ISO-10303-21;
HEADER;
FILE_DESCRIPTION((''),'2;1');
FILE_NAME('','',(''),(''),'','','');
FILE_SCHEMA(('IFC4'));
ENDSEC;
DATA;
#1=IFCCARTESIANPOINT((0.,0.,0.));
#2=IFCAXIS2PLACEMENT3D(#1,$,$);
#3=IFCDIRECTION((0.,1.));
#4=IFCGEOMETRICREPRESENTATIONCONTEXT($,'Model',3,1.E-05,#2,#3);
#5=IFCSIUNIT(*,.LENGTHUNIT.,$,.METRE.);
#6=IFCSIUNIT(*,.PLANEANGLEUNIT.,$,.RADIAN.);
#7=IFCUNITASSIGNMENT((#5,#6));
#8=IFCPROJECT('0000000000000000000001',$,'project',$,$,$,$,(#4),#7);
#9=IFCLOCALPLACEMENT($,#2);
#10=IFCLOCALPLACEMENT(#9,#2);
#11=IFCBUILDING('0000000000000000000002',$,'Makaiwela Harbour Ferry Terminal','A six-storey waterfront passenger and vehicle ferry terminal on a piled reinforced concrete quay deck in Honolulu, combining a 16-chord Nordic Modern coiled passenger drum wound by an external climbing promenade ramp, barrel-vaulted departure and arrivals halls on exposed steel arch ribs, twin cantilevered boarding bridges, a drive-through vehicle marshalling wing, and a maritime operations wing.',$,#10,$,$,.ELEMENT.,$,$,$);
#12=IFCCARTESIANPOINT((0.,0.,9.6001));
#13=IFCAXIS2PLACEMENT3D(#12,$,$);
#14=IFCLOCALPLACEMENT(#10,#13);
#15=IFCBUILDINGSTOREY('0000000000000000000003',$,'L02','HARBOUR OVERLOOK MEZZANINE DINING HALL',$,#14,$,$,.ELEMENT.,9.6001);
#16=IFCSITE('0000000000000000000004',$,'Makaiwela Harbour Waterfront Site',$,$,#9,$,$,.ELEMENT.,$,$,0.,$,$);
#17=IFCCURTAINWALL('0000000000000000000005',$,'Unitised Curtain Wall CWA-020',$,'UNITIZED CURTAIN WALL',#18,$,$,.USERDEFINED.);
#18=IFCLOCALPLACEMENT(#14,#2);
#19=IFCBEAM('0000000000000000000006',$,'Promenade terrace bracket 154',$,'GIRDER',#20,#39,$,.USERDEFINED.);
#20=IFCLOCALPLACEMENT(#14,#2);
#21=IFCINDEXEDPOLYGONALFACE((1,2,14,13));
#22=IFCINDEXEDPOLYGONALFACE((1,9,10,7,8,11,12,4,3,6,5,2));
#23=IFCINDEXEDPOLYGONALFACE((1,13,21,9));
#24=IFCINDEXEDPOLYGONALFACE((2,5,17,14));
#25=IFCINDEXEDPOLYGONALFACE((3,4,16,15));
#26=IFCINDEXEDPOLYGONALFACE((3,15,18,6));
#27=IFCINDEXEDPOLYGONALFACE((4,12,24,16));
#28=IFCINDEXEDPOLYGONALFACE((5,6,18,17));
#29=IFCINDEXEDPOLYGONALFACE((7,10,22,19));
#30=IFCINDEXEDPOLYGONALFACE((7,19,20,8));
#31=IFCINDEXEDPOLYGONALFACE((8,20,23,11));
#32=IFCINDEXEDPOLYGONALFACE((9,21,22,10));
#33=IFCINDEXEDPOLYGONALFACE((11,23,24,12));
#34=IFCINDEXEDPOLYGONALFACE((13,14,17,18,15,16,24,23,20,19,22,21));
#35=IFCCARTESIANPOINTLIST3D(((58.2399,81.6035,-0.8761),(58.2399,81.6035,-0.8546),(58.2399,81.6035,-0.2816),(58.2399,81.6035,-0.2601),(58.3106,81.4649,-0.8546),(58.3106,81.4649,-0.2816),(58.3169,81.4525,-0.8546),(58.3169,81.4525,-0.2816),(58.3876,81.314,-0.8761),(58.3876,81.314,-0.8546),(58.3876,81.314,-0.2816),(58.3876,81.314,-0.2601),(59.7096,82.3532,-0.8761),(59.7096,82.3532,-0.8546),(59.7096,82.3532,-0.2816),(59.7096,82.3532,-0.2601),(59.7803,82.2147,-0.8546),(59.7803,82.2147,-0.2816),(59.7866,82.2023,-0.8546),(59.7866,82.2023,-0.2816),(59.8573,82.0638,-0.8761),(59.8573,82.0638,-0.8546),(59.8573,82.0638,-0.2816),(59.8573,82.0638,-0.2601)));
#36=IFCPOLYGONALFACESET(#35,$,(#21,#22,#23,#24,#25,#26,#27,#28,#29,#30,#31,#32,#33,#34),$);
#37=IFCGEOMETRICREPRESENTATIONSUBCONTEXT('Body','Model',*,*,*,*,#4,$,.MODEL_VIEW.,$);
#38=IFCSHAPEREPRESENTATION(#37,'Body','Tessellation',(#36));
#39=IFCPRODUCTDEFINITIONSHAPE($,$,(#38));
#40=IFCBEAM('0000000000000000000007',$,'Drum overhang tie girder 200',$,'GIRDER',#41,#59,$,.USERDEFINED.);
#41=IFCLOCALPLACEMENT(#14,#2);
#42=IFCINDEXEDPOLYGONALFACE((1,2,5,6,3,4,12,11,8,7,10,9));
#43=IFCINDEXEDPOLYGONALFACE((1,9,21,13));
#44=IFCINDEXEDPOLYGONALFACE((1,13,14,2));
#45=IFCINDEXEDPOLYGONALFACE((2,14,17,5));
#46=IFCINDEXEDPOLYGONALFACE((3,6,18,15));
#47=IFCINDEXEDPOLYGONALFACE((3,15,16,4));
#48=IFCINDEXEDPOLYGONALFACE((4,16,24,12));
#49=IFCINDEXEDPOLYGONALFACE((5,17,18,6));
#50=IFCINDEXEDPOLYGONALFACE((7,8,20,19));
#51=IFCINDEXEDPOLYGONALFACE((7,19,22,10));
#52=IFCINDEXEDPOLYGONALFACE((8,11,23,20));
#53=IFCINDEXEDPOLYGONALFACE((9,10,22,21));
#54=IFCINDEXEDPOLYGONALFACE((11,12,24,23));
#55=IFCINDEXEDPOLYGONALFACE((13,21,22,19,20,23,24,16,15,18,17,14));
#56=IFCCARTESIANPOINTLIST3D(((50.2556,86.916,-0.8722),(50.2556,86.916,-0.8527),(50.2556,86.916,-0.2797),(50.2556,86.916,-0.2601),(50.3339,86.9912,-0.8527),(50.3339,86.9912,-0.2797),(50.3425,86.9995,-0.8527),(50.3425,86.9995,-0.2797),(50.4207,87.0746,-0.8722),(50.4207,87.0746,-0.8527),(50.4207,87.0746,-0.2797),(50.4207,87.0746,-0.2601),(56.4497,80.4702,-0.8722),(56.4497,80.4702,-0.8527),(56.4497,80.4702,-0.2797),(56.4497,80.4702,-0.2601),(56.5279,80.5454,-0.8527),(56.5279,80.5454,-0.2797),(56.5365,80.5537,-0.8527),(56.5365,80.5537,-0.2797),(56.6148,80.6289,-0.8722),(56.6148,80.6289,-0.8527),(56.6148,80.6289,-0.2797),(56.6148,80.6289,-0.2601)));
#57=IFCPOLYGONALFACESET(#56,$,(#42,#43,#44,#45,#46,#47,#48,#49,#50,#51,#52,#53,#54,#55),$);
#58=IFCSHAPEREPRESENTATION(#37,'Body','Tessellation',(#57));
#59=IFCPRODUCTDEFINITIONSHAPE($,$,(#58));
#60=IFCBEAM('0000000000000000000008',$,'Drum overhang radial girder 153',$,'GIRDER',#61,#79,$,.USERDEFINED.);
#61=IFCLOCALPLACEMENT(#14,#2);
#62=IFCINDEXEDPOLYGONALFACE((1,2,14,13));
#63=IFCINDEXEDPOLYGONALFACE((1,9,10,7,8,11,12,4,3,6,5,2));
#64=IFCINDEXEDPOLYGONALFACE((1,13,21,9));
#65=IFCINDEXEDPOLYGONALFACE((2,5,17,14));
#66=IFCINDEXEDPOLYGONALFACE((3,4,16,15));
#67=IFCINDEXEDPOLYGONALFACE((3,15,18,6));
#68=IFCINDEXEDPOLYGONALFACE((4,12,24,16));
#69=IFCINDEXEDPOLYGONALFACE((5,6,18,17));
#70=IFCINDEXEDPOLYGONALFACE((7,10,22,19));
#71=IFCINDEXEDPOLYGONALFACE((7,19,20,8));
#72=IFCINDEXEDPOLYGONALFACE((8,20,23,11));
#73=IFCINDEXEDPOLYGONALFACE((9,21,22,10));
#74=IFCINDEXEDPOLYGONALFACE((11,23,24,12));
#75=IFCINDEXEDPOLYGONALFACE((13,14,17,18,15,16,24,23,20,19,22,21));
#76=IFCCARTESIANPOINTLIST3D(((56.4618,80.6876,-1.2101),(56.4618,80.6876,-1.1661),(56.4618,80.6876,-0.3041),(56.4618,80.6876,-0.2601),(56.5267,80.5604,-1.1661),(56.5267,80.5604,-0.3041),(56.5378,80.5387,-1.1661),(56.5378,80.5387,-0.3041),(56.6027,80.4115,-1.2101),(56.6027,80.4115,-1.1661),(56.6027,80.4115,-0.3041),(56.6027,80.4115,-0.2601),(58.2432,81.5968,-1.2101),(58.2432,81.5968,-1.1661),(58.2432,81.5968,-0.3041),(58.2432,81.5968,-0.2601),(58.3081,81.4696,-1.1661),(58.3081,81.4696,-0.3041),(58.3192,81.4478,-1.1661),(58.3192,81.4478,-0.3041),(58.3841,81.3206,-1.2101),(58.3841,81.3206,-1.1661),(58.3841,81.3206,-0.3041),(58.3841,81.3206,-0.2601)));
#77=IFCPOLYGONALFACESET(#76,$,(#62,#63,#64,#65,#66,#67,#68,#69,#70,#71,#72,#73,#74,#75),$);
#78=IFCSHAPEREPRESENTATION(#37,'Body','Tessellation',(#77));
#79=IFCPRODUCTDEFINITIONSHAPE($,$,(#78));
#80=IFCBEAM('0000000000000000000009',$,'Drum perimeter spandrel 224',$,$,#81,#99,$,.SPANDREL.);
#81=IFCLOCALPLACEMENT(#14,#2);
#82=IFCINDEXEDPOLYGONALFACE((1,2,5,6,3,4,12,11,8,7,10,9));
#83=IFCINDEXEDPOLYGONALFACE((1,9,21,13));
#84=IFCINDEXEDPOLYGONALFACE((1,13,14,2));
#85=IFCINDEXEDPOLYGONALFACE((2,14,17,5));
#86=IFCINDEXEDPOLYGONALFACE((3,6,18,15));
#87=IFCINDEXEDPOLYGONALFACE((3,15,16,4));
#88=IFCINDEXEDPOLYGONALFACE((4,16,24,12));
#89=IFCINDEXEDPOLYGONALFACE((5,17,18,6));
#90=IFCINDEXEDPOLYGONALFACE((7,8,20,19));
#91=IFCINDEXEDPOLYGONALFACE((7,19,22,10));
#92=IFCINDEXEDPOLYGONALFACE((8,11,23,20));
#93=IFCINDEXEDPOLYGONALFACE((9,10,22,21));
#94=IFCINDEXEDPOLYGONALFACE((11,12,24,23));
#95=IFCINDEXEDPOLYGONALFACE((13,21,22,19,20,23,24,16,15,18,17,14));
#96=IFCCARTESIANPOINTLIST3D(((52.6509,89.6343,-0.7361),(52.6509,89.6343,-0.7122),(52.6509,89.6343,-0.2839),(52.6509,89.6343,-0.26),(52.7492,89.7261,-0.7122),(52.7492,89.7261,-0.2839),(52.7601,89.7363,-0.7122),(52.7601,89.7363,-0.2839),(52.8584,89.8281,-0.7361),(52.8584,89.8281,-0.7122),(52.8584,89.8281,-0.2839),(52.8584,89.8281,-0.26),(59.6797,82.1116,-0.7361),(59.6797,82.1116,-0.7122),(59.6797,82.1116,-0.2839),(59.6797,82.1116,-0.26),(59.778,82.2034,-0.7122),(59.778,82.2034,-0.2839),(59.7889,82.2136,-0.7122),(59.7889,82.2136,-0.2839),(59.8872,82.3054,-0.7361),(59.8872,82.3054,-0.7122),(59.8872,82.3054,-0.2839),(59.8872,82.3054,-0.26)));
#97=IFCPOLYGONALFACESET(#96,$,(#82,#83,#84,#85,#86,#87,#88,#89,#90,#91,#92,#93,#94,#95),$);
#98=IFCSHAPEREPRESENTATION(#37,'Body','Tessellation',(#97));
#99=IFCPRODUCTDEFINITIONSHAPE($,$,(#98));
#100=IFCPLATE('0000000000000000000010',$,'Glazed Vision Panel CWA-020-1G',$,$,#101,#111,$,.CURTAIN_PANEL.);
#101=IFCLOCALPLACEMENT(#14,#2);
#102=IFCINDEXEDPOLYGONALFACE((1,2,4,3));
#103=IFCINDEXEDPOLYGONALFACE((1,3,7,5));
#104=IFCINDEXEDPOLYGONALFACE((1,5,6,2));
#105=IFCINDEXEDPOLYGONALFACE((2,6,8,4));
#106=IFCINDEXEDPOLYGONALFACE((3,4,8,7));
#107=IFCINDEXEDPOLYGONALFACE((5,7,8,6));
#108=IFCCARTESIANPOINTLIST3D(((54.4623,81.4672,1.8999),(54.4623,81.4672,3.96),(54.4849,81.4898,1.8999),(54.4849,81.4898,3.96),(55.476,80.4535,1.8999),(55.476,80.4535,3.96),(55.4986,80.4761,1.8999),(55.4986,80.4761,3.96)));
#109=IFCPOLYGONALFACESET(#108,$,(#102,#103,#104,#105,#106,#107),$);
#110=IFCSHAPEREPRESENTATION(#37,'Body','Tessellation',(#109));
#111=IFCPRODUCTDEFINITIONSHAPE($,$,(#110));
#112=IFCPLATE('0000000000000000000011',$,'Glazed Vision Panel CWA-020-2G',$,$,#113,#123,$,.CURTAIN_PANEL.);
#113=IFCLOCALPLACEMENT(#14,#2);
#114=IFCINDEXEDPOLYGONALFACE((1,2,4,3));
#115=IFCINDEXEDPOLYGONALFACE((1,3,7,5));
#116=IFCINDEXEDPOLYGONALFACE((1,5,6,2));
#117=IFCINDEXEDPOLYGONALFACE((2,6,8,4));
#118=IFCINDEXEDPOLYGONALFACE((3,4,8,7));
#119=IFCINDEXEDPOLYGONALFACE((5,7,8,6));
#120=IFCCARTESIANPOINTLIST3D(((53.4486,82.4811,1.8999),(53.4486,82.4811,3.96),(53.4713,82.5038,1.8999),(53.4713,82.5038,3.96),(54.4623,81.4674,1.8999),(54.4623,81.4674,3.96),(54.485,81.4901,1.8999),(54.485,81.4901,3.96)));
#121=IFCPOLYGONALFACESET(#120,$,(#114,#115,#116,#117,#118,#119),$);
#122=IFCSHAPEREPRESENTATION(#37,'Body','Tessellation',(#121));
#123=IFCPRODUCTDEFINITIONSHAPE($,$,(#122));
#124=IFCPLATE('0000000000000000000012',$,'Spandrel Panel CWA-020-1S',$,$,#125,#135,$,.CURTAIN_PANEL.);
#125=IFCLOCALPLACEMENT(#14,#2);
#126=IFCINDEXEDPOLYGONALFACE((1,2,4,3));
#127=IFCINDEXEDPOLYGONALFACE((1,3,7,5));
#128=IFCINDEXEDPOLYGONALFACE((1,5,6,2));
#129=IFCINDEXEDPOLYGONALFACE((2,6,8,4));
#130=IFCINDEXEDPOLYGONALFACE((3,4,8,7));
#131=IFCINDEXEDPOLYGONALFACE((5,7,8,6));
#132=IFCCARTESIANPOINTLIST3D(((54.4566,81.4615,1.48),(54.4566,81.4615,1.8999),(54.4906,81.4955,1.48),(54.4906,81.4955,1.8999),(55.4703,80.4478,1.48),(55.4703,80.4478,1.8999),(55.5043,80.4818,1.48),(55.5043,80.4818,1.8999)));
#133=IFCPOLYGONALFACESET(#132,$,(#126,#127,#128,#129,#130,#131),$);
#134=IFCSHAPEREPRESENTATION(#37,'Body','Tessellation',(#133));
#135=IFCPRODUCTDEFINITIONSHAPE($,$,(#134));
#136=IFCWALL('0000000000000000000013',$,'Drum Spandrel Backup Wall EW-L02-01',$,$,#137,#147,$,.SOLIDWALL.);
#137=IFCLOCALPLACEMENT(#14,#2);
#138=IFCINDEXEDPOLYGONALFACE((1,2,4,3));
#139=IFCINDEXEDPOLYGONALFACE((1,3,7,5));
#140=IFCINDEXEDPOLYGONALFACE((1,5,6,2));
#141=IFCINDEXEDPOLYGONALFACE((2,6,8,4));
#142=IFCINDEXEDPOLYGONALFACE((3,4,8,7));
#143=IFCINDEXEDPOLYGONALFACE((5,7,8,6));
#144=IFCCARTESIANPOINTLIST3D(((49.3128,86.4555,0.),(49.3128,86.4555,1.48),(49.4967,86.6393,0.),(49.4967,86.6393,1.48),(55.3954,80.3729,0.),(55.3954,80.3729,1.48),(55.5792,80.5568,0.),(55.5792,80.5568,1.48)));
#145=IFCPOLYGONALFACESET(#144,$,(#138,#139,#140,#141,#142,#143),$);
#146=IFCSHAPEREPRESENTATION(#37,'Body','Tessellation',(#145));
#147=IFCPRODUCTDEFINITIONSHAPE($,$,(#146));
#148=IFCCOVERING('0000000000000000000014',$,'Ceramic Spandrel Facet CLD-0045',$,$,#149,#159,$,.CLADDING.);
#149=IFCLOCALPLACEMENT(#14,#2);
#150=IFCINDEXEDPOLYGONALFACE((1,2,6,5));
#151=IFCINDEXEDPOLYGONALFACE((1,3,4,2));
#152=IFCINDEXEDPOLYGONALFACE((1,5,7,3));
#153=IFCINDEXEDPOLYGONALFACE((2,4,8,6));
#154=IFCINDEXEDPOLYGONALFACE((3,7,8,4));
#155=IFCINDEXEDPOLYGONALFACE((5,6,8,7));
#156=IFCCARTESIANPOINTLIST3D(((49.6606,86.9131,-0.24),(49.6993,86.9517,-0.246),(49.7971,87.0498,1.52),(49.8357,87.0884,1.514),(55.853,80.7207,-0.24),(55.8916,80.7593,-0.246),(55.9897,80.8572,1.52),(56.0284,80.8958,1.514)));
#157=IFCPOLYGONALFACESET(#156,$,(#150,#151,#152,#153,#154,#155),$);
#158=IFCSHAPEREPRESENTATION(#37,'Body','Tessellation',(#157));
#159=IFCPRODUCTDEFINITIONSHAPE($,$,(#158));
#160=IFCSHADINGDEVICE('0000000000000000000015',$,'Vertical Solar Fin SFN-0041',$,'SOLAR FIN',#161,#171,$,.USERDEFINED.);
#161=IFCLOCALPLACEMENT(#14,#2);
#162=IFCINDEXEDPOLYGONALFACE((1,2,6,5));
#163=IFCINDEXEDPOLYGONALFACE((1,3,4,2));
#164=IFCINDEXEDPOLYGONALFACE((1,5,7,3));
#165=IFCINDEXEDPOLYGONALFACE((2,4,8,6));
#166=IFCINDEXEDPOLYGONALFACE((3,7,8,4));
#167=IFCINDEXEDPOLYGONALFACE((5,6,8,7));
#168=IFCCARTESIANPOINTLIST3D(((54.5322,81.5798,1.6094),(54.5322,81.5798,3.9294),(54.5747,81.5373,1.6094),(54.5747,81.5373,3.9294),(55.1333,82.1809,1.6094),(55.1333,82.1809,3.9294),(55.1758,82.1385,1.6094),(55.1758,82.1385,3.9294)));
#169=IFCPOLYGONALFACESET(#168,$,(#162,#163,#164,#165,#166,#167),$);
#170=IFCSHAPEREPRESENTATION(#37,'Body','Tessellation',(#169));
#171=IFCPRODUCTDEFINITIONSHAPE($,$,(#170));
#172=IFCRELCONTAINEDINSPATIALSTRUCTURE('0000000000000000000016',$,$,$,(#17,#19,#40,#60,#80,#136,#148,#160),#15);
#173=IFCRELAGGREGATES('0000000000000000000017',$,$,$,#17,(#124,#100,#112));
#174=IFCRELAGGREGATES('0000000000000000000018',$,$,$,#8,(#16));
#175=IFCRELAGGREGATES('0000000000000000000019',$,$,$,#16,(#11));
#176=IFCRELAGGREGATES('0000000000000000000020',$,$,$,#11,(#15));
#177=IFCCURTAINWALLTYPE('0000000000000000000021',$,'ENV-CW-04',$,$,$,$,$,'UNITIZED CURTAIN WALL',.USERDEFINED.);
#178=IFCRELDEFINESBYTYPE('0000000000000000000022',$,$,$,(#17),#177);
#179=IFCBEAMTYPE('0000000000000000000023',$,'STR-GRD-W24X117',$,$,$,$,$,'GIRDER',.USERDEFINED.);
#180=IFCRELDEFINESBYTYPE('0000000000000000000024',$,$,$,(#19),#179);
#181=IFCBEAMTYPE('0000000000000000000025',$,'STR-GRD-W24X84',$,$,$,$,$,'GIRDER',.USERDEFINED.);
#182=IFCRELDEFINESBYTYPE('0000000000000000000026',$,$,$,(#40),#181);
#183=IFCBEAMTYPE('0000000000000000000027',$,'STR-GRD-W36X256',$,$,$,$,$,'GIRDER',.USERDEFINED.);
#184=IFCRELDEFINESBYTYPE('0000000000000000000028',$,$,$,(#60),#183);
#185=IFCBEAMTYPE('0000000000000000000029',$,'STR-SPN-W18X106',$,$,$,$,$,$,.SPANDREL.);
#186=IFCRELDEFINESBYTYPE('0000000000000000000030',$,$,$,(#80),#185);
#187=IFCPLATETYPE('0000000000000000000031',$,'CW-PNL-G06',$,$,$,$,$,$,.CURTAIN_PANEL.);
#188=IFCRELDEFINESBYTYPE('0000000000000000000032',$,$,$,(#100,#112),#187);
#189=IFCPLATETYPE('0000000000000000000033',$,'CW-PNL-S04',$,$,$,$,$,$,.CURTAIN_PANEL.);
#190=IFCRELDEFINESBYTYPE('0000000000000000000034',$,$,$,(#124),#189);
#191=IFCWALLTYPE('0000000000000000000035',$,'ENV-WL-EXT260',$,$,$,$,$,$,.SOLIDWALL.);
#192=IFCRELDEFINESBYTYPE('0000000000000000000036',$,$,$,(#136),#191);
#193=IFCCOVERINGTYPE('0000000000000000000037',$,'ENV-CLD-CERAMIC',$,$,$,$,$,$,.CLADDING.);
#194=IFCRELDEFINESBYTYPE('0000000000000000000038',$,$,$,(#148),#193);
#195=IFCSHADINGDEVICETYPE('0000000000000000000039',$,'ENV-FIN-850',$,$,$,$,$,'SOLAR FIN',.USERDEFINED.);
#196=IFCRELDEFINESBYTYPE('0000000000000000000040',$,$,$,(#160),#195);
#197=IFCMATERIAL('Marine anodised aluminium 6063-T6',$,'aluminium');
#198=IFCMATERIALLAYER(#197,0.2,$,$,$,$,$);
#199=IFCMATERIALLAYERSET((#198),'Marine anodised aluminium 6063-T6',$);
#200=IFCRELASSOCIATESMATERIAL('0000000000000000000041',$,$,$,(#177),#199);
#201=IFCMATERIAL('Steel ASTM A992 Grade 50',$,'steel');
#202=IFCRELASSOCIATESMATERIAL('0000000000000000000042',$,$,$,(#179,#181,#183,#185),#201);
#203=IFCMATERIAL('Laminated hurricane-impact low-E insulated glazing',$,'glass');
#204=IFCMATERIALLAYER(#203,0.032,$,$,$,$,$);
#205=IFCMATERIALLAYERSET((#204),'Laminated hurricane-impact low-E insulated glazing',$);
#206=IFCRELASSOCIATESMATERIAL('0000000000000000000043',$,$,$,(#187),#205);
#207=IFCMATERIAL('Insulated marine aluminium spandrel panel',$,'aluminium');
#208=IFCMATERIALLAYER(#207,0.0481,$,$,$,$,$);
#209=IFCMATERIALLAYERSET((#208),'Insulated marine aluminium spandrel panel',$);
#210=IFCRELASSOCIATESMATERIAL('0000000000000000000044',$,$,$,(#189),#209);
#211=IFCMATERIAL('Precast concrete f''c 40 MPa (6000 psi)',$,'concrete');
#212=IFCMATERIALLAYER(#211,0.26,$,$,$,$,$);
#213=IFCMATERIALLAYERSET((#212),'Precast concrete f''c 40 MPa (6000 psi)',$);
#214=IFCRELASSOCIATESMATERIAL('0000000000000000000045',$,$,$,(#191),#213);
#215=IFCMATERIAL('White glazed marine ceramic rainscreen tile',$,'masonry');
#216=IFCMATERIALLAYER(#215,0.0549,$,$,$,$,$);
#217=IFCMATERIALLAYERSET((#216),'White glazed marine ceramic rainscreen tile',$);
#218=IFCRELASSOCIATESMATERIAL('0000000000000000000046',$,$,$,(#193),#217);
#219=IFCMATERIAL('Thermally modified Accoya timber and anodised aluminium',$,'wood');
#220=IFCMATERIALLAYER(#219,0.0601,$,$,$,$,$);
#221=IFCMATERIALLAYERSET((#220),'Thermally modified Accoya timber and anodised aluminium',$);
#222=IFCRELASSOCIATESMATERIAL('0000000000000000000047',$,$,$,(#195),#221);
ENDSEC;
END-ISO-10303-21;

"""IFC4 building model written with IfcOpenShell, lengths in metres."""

from ifc_helpers import new_model, si_unit, direction, frame, frame_2d, origin, origin_2d, place, context, subcontext, project, spatial, polyline, rectangle, i_section, outline, extrude, material, layer, layer_set, material_profile, profile_set, type_object, element, aggregate, save


model = new_model("IFC4")

# Units and contexts
model_context = context("Model", 3, precision=1e-05, world=origin(), true_north=direction((0.0, 1.0)))
body_context = subcontext(model_context, "Body", "Model", "MODEL_VIEW")
ifc_project = project(units=[si_unit("LENGTHUNIT", "METRE"), si_unit("PLANEANGLEUNIT", "RADIAN")], contexts=[model_context])

# Site, building, storey
site_placement = place(None, origin())
site = spatial("IfcSite", under=ifc_project, at=site_placement, Name="Makaiwela Harbour Waterfront Site", CompositionType="ELEMENT", RefElevation=0.0)
building_placement = place(site_placement, origin())
building = spatial("IfcBuilding", under=site, at=building_placement, Name="Makaiwela Harbour Ferry Terminal", Description="A six-storey waterfront passenger and vehicle ferry terminal on a piled reinforced concrete quay deck in Honolulu, combining a 16-chord Nordic Modern coiled passenger drum wound by an external climbing promenade ramp, barrel-vaulted departure and arrivals halls on exposed steel arch ribs, twin cantilevered boarding bridges, a drive-through vehicle marshalling wing, and a maritime operations wing.", CompositionType="ELEMENT")
storey_placement = place(building_placement, frame((0.0, 0.0, 9.6001)))
storey = spatial("IfcBuildingStorey", under=building, at=storey_placement, Name="L02", Description="HARBOUR OVERLOOK MEZZANINE DINING HALL", CompositionType="ELEMENT", Elevation=9.6001)

# Shared definitions
ifc_material_1 = material(Name="Steel ASTM A992 Grade 50", Category="steel")

# Curtain wall
ifc_material_2 = material(Name="Marine anodised aluminium 6063-T6", Category="aluminium")
ifc_layer_1 = layer(ifc_material_2, 0.2)
ifc_layer_set_1 = layer_set([ifc_layer_1], Name="Marine anodised aluminium 6063-T6")
curtain_wall_type = type_object("IfcCurtainWallType", Name="ENV-CW-04", ElementType="UNITIZED CURTAIN WALL", PredefinedType="USERDEFINED", material=ifc_layer_set_1)
curtain_wall_placement = place(storey_placement, origin())
curtain_wall = element("IfcCurtainWall", 1, at=curtain_wall_placement, inside=storey, type_object=curtain_wall_type, Name="Unitised Curtain Wall CWA-020", ObjectType="UNITIZED CURTAIN WALL", PredefinedType="USERDEFINED")

# Beams
ifc_material_profile_1 = material_profile(ifc_material_1, i_section(OverallWidth=0.325, OverallDepth=0.616, WebThickness=0.0139, FlangeThickness=0.0215, at=origin_2d()), Name="W24X117")
ifc_profile_set_1 = profile_set([ifc_material_profile_1], Name="Steel ASTM A992 Grade 50")
beam_type_1 = type_object("IfcBeamType", Name="STR-GRD-W24X117", ElementType="GIRDER", PredefinedType="USERDEFINED", material=ifc_profile_set_1)
beam_1_placement = place(storey_placement, frame((58.3137, 81.4587, -0.5681), z_axis=(0.890788, 0.45442, 0.0), x_axis=(-0.45442, 0.890788, 0.0)))
element("IfcBeam", 2, at=beam_1_placement, inside=storey, type_object=beam_type_1, Name="Promenade terrace bracket 154", ObjectType="GIRDER", PredefinedType="USERDEFINED", context=body_context, shape_type="SweptSolid", body=[
    extrude(i_section(OverallWidth=0.325, OverallDepth=0.616, WebThickness=0.0139, FlangeThickness=0.0215, at=origin_2d()), origin(), (0.0, 0.0, 1.0), 1.6499),
])
ifc_material_profile_2 = material_profile(ifc_material_1, i_section(OverallWidth=0.229, OverallDepth=0.6121, WebThickness=0.012, FlangeThickness=0.0195, at=origin_2d()), Name="W24X84")
ifc_profile_set_2 = profile_set([ifc_material_profile_2], Name="Steel ASTM A992 Grade 50")
beam_type_2 = type_object("IfcBeamType", Name="STR-GRD-W24X84", ElementType="GIRDER", PredefinedType="USERDEFINED", material=ifc_profile_set_2)
beam_2_placement = place(storey_placement, frame((56.5322, 80.5496, -0.5662), z_axis=(-0.692888, 0.721045, 0.0), x_axis=(-0.721045, -0.692888, 0.0)))
element("IfcBeam", 3, at=beam_2_placement, inside=storey, type_object=beam_type_2, Name="Drum overhang tie girder 200", ObjectType="GIRDER", PredefinedType="USERDEFINED", context=body_context, shape_type="SweptSolid", body=[
    extrude(i_section(OverallWidth=0.229, OverallDepth=0.6121, WebThickness=0.012, FlangeThickness=0.0195, at=origin_2d()), origin(), (0.0, 0.0, 1.0), 8.9395),
])
ifc_material_profile_3 = material_profile(ifc_material_1, i_section(OverallWidth=0.3101, OverallDepth=0.95, WebThickness=0.0244, FlangeThickness=0.0439, at=origin_2d()), Name="W36X256")
ifc_profile_set_3 = profile_set([ifc_material_profile_3], Name="Steel ASTM A992 Grade 50")
beam_type_3 = type_object("IfcBeamType", Name="STR-GRD-W36X256", ElementType="GIRDER", PredefinedType="USERDEFINED", material=ifc_profile_set_3)
beam_3_placement = place(storey_placement, frame((56.5322, 80.5496, -0.7351), z_axis=(0.89071, 0.454571, 0.0), x_axis=(-0.454571, 0.89071, 0.0)))
element("IfcBeam", 4, at=beam_3_placement, inside=storey, type_object=beam_type_3, Name="Drum overhang radial girder 153", ObjectType="GIRDER", PredefinedType="USERDEFINED", context=body_context, shape_type="SweptSolid", body=[
    extrude(i_section(OverallWidth=0.3101, OverallDepth=0.95, WebThickness=0.0244, FlangeThickness=0.0439, at=origin_2d()), origin(), (0.0, 0.0, 1.0), 2.0),
])
ifc_material_profile_4 = material_profile(ifc_material_1, i_section(OverallWidth=0.2839, OverallDepth=0.4761, WebThickness=0.0149, FlangeThickness=0.0239, at=origin_2d()), Name="W18X106")
ifc_profile_set_4 = profile_set([ifc_material_profile_4], Name="Steel ASTM A992 Grade 50")
beam_type_4 = type_object("IfcBeamType", Name="STR-SPN-W18X106", PredefinedType="SPANDREL", material=ifc_profile_set_4)
beam_4_placement = place(storey_placement, frame((59.7834, 82.2085, -0.498), z_axis=(-0.682714, 0.730686, 0.0), x_axis=(-0.730686, -0.682714, 0.0)))
element("IfcBeam", 5, at=beam_4_placement, inside=storey, type_object=beam_type_4, Name="Drum perimeter spandrel 224", PredefinedType="SPANDREL", context=body_context, shape_type="SweptSolid", body=[
    extrude(i_section(OverallWidth=0.2839, OverallDepth=0.4761, WebThickness=0.0149, FlangeThickness=0.0239, at=origin_2d()), origin(), (0.0, 0.0, 1.0), 10.2954),
])

# Plates
ifc_material_3 = material(Name="Laminated hurricane-impact low-E insulated glazing", Category="glass")
ifc_layer_2 = layer(ifc_material_3, 0.032)
ifc_layer_set_2 = layer_set([ifc_layer_2], Name="Laminated hurricane-impact low-E insulated glazing")
plate_type_1 = type_object("IfcPlateType", Name="CW-PNL-G06", PredefinedType="CURTAIN_PANEL", material=ifc_layer_set_2)
plate_1_placement = place(storey_placement, frame((54.9805, 80.9717, 1.8999), z_axis=(0.0, 0.0, 1.0), x_axis=(-0.707107, 0.707107, 0.0)))
plate_1 = element("IfcPlate", 6, at=plate_1_placement, type_object=plate_type_1, Name="Glazed Vision Panel CWA-020-1G", PredefinedType="CURTAIN_PANEL", context=body_context, shape_type="SweptSolid", body=[
    extrude(rectangle(XDim=1.4336, YDim=0.032, at=origin_2d()), origin(), (0.0, 0.0, 1.0), 2.0601),
])
plate_2_placement = place(storey_placement, frame((53.9668, 81.9856, 1.8999), z_axis=(0.0, 0.0, 1.0), x_axis=(-0.707107, 0.707107, 0.0)))
plate_2 = element("IfcPlate", 7, at=plate_2_placement, type_object=plate_type_1, Name="Glazed Vision Panel CWA-020-2G", PredefinedType="CURTAIN_PANEL", context=body_context, shape_type="SweptSolid", body=[
    extrude(rectangle(XDim=1.4336, YDim=0.032, at=origin_2d()), origin(), (0.0, 0.0, 1.0), 2.0601),
])
ifc_material_4 = material(Name="Insulated marine aluminium spandrel panel", Category="aluminium")
ifc_layer_3 = layer(ifc_material_4, 0.0481)
ifc_layer_set_3 = layer_set([ifc_layer_3], Name="Insulated marine aluminium spandrel panel")
plate_type_2 = type_object("IfcPlateType", Name="CW-PNL-S04", PredefinedType="CURTAIN_PANEL", material=ifc_layer_set_3)
plate_3_placement = place(storey_placement, frame((54.9805, 80.9717, 1.48), z_axis=(0.0, 0.0, 1.0), x_axis=(-0.707107, 0.707107, 0.0)))
plate_3 = element("IfcPlate", 8, at=plate_3_placement, type_object=plate_type_2, Name="Spandrel Panel CWA-020-1S", PredefinedType="CURTAIN_PANEL", context=body_context, shape_type="SweptSolid", body=[
    extrude(rectangle(XDim=1.4336, YDim=0.0481, at=origin_2d()), origin(), (0.0, 0.0, 1.0), 0.4199),
])
aggregate(curtain_wall, [plate_3, plate_1, plate_2])

# Wall
ifc_material_5 = material(Name="Precast concrete f'c 40 MPa (6000 psi)", Category="concrete")
ifc_layer_4 = layer(ifc_material_5, 0.26)
ifc_layer_set_4 = layer_set([ifc_layer_4], Name="Precast concrete f'c 40 MPa (6000 psi)")
wall_type = type_object("IfcWallType", Name="ENV-WL-EXT260", PredefinedType="SOLIDWALL", material=ifc_layer_set_4)
wall_placement = place(storey_placement, frame((55.4873, 80.4648, 0.0), z_axis=(0.0, 0.0, 1.0), x_axis=(-0.707107, 0.707107, 0.0)))
element("IfcWall", 9, at=wall_placement, inside=storey, type_object=wall_type, Name="Drum Spandrel Backup Wall EW-L02-01", PredefinedType="SOLIDWALL", context=body_context, shape_type="SweptSolid", body=[
    extrude(rectangle(XDim=8.6021, YDim=0.26, at=frame_2d((4.301, 0.0))), origin(), (0.0, 0.0, 1.0), 1.48),
])

# Covering
ifc_material_6 = material(Name="White glazed marine ceramic rainscreen tile", Category="masonry")
ifc_layer_5 = layer(ifc_material_6, 0.0549)
ifc_layer_set_5 = layer_set([ifc_layer_5], Name="White glazed marine ceramic rainscreen tile")
covering_type = type_object("IfcCoveringType", Name="ENV-CLD-CERAMIC", PredefinedType="CLADDING", material=ifc_layer_set_5)
covering_placement = place(storey_placement, frame((55.853, 80.7207, -0.24), z_axis=(-0.702886, -0.702886, 0.109104), x_axis=(-0.707107, 0.707107, 0.0)))
element("IfcCovering", 10, at=covering_placement, inside=storey, type_object=covering_type, Name="Ceramic Spandrel Facet CLD-0045", PredefinedType="CLADDING", context=body_context, shape_type="SweptSolid", body=[
    extrude(outline(polyline([(0.0, 0.0), (8.7574, 0.0), (8.7575, -1.7706), (-0.0002, -1.7706), (0.0, 0.0)])), origin(), (0.0, 0.0, -1.0), 0.0549),
])

# Shading device
ifc_material_7 = material(Name="Thermally modified Accoya timber and anodised aluminium", Category="wood")
ifc_layer_6 = layer(ifc_material_7, 0.0601)
ifc_layer_set_6 = layer_set([ifc_layer_6], Name="Thermally modified Accoya timber and anodised aluminium")
shading_device_type = type_object("IfcShadingDeviceType", Name="ENV-FIN-850", ElementType="SOLAR FIN", PredefinedType="USERDEFINED", material=ifc_layer_set_6)
shading_device_placement = place(storey_placement, frame((54.854, 81.8591, 1.6094), z_axis=(0.0, 0.0, 1.0), x_axis=(0.707107, 0.707107, 0.0)))
element("IfcShadingDevice", 11, at=shading_device_placement, inside=storey, type_object=shading_device_type, Name="Vertical Solar Fin SFN-0041", ObjectType="SOLAR FIN", PredefinedType="USERDEFINED", context=body_context, shape_type="SweptSolid", body=[
    extrude(rectangle(XDim=0.8501, YDim=0.0601, at=origin_2d()), origin(), (0.0, 0.0, 1.0), 2.3201),
])

save(model, "model.ifc")
